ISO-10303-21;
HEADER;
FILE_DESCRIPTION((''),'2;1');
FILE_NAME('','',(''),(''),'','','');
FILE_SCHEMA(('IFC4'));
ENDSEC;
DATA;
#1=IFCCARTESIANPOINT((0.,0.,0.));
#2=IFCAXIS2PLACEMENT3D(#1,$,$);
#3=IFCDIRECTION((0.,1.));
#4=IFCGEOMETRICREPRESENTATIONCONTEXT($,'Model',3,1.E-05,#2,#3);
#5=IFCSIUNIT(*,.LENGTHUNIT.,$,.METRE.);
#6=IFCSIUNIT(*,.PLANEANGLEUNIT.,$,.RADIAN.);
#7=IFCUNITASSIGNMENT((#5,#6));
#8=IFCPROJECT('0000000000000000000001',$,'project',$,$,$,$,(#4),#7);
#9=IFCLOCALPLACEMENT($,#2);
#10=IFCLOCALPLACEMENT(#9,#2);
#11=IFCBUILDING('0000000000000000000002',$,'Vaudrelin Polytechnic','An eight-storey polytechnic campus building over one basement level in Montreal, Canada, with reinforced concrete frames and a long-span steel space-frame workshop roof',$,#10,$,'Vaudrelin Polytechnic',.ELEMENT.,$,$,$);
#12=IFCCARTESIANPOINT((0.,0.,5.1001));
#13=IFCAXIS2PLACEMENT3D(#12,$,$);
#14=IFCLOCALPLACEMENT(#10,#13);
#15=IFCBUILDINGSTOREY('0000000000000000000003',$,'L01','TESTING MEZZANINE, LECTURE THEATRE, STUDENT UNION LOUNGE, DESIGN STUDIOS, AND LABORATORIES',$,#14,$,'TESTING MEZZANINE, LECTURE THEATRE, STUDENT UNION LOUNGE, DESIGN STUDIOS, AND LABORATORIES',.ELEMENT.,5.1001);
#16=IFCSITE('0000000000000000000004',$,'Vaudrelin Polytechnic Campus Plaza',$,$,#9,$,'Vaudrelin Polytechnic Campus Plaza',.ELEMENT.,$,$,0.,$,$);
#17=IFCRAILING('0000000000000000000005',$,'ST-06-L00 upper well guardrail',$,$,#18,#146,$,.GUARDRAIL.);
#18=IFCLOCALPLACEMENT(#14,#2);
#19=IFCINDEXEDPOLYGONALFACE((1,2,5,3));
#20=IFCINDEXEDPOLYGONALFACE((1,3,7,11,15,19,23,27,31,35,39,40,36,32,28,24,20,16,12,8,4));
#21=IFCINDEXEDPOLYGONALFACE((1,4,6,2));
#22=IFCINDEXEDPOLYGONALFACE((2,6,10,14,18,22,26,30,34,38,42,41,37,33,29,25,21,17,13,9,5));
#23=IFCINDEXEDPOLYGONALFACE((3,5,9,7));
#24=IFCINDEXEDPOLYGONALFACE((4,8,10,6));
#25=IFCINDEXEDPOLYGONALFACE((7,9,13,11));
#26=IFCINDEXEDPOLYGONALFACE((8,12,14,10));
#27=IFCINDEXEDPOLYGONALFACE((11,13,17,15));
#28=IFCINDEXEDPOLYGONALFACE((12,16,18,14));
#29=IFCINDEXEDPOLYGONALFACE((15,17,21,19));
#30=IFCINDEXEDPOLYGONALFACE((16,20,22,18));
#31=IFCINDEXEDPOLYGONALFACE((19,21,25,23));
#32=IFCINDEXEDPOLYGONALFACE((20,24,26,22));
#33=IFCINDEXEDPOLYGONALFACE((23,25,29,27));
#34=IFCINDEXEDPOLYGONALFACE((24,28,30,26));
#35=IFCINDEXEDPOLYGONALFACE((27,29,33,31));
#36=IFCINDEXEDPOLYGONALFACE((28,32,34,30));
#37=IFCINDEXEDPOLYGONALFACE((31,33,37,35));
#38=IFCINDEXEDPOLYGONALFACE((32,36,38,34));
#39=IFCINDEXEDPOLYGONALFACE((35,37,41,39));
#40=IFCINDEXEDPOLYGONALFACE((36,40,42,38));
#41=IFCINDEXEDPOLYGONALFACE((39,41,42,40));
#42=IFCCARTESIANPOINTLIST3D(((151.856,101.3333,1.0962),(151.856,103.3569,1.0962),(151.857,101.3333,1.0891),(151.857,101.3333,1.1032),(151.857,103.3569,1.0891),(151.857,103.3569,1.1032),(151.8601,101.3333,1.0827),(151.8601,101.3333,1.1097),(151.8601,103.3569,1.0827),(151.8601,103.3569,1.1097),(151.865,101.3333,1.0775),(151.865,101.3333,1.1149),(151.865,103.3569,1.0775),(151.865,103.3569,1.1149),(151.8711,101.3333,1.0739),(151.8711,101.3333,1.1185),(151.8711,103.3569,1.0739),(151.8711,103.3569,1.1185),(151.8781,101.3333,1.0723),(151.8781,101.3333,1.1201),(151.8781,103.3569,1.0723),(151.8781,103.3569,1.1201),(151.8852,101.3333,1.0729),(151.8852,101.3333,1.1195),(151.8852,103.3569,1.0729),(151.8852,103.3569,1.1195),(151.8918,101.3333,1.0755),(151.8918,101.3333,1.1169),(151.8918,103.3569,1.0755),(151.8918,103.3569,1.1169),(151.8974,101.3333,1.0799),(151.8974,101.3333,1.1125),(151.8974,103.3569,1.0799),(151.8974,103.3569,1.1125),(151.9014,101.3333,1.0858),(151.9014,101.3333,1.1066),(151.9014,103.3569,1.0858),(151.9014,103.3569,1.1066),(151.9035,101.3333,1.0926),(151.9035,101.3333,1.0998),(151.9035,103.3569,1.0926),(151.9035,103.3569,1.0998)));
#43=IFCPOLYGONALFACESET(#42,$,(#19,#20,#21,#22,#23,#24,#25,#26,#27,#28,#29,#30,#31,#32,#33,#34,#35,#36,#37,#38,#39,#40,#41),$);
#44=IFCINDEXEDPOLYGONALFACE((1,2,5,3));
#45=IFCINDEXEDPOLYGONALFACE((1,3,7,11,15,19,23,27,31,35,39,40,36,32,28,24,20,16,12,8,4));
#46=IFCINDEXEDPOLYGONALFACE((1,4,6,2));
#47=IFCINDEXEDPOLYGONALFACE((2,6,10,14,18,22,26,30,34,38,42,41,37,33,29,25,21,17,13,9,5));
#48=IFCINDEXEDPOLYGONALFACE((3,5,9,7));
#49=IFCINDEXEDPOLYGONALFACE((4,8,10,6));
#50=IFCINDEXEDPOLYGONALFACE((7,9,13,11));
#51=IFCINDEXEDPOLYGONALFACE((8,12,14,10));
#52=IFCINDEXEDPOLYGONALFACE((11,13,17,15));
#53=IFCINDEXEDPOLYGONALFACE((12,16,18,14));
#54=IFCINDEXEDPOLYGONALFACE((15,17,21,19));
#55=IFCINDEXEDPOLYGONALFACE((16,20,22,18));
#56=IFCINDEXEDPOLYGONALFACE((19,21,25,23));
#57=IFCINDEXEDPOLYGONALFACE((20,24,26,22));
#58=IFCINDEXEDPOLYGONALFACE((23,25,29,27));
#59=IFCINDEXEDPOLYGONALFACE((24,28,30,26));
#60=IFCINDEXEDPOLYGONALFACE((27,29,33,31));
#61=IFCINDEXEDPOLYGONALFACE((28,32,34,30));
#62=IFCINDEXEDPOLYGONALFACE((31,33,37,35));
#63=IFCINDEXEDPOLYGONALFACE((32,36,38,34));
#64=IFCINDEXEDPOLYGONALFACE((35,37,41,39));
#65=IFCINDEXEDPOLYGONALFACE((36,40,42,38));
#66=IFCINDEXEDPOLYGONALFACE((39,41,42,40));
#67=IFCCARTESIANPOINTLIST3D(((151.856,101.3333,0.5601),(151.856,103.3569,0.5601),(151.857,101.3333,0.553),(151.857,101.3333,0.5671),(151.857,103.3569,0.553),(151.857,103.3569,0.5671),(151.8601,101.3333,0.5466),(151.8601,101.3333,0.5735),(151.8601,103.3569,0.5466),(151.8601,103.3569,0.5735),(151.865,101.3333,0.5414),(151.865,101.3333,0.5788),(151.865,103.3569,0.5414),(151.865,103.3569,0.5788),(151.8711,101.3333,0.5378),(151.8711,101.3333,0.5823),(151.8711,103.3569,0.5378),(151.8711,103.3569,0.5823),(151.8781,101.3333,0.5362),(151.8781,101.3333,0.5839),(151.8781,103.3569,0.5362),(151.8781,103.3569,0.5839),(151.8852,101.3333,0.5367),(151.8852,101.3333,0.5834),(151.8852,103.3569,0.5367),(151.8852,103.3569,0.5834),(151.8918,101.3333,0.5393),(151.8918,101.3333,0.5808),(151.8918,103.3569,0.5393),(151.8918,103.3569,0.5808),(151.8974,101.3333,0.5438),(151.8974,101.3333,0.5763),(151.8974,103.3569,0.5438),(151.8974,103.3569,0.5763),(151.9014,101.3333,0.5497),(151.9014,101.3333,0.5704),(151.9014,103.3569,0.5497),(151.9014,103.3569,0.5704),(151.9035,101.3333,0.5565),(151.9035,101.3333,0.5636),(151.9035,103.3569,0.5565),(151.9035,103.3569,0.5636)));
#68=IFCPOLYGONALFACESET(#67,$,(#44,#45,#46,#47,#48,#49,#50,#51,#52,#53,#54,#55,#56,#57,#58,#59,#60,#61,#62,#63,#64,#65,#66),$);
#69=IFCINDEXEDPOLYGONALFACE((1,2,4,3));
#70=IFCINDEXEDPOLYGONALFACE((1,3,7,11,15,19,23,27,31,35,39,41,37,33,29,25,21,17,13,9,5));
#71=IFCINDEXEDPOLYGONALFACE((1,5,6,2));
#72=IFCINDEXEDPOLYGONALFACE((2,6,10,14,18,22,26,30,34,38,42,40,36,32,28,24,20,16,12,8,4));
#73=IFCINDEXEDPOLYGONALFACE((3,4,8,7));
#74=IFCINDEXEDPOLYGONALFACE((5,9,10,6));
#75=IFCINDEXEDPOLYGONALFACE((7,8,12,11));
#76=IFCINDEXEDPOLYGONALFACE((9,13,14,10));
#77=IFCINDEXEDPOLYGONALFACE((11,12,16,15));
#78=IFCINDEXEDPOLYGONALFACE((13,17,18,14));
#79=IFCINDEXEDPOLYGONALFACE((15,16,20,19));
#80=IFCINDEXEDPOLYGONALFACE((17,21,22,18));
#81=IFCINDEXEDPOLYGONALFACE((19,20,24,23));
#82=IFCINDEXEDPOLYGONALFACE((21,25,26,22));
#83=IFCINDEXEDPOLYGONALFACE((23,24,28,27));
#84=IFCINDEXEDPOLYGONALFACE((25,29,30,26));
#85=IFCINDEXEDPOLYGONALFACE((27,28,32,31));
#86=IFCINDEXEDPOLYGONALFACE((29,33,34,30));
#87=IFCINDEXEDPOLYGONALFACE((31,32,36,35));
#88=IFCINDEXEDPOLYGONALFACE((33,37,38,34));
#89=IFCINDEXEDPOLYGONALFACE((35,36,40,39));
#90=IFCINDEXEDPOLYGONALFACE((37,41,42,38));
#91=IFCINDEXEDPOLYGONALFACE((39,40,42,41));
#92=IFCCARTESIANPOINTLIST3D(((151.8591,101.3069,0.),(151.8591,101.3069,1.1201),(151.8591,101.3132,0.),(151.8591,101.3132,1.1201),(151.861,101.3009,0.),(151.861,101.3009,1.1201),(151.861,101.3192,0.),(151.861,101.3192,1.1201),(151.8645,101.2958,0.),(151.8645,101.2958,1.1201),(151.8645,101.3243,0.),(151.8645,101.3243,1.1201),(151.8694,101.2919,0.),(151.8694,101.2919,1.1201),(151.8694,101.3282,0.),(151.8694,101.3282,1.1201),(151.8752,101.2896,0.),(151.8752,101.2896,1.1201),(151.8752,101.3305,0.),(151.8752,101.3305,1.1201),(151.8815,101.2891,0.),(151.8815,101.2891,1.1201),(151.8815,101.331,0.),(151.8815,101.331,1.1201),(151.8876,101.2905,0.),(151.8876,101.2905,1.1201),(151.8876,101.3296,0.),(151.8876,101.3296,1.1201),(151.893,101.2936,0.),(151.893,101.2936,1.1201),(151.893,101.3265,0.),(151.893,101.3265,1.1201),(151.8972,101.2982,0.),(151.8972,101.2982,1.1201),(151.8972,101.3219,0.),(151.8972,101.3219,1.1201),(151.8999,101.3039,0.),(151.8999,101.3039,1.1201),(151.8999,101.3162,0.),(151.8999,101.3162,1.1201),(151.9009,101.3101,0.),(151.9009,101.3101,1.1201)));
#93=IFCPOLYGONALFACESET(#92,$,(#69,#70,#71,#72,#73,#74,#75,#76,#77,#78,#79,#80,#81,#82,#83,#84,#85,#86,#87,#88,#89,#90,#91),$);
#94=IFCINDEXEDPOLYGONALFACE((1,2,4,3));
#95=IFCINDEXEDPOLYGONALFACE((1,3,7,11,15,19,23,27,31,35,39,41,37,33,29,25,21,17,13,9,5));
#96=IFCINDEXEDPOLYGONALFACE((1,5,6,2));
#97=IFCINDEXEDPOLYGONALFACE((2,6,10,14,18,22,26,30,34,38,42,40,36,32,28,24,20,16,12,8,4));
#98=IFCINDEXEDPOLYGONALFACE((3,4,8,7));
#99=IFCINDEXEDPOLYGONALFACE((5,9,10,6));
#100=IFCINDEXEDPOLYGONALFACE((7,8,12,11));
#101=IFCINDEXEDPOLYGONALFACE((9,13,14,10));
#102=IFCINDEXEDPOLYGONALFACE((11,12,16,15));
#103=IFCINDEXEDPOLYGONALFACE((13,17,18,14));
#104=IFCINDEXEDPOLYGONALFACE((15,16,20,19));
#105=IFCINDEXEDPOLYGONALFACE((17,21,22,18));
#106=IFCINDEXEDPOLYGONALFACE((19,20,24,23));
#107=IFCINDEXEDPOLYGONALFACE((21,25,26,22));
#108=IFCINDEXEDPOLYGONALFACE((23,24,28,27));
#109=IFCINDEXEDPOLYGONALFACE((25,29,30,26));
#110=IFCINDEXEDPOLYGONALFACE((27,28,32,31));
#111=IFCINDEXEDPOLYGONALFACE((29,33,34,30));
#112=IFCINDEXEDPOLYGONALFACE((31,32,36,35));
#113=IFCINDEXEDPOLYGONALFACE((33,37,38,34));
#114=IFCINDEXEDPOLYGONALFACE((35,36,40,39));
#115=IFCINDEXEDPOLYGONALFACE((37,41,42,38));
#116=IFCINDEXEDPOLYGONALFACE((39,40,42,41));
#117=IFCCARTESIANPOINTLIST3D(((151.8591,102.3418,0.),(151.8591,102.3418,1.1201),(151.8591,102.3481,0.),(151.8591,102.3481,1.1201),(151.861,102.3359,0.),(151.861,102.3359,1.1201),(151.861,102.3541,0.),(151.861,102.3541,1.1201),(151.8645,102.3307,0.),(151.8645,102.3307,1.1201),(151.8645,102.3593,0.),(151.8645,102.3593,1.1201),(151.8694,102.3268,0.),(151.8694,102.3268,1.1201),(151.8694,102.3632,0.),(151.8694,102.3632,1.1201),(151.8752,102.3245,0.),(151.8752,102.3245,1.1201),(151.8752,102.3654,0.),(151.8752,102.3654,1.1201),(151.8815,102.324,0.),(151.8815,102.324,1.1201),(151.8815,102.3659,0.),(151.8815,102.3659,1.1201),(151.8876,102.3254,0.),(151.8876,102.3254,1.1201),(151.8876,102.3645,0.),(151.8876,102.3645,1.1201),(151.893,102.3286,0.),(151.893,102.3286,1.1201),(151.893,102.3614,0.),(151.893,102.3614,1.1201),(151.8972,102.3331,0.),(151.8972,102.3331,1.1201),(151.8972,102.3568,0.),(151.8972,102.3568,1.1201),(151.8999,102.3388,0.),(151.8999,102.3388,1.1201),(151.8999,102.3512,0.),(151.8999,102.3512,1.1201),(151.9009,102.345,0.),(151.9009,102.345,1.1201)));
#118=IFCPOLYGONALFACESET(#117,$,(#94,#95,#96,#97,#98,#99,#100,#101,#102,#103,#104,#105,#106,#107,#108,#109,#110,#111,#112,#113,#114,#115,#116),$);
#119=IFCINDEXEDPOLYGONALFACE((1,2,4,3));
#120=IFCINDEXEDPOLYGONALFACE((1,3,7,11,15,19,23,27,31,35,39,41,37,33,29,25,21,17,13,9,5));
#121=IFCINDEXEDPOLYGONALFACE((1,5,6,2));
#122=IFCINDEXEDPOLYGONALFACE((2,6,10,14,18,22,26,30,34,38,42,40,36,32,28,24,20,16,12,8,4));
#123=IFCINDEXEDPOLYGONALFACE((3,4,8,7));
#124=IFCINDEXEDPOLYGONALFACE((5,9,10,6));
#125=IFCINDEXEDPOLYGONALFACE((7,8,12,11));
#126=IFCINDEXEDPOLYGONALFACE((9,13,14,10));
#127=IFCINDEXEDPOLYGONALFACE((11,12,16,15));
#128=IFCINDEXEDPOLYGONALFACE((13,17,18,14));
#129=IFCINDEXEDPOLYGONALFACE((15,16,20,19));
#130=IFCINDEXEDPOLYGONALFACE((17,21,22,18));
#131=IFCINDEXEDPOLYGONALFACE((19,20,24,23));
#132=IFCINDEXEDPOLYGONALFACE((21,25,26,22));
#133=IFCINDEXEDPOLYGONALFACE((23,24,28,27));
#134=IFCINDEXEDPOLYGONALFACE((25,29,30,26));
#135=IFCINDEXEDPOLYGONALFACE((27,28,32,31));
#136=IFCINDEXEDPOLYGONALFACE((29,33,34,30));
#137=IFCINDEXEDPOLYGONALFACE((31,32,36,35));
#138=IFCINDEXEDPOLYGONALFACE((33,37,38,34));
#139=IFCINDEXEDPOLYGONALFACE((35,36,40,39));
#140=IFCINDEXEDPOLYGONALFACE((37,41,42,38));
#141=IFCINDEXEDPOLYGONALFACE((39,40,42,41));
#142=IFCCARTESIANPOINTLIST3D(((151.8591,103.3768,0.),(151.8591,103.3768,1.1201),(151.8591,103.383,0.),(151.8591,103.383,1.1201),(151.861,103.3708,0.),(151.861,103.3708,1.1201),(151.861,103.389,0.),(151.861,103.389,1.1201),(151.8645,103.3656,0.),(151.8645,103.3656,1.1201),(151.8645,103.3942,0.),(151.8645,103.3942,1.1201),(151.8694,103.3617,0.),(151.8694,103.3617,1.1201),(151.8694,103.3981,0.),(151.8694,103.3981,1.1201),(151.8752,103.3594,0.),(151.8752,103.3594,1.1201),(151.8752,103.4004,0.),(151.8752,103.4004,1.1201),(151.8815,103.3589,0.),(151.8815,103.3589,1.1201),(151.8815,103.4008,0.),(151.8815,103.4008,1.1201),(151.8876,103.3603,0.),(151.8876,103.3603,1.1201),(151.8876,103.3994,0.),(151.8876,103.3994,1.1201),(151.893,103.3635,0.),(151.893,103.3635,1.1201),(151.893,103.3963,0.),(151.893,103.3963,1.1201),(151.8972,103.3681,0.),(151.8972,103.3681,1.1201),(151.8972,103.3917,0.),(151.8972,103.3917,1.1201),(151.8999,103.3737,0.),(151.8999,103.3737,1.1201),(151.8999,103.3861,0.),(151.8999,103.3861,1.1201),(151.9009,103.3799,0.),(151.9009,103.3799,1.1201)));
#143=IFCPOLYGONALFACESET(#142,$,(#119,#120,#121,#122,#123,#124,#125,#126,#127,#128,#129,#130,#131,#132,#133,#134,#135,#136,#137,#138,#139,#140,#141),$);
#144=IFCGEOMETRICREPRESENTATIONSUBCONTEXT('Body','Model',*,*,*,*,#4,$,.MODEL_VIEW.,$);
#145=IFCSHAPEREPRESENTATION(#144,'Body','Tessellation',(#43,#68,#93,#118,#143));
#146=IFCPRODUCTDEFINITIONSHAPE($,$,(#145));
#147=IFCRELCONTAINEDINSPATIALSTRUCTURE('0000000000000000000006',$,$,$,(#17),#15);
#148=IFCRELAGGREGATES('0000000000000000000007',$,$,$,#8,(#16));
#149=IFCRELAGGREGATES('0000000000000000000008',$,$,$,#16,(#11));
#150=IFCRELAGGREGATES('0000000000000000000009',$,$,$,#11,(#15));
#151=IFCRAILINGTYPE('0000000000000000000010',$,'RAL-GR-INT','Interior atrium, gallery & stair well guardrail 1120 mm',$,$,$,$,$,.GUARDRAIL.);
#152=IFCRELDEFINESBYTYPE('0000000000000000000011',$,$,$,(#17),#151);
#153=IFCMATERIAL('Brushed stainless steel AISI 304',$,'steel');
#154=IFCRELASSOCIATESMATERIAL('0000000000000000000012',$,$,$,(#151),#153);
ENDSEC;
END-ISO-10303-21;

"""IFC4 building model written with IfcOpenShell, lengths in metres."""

from ifc_helpers import new_model, si_unit, direction, frame, origin, origin_2d, place, context, subcontext, project, spatial, circle, extrude, material, type_object, element, save


model = new_model("IFC4")

# Units and contexts
model_context = context("Model", 3, precision=1e-05, world=origin(), true_north=direction((0.0, 1.0)))
body_context = subcontext(model_context, "Body", "Model", "MODEL_VIEW")
ifc_project = project(units=[si_unit("LENGTHUNIT", "METRE"), si_unit("PLANEANGLEUNIT", "RADIAN")], contexts=[model_context])

# Site, building, storey
site_placement = place(None, origin())
site = spatial("IfcSite", under=ifc_project, at=site_placement, Name="Vaudrelin Polytechnic Campus Plaza", LongName="Vaudrelin Polytechnic Campus Plaza", CompositionType="ELEMENT", RefElevation=0.0)
building_placement = place(site_placement, origin())
building = spatial("IfcBuilding", under=site, at=building_placement, Name="Vaudrelin Polytechnic", Description="An eight-storey polytechnic campus building over one basement level in Montreal, Canada, with reinforced concrete frames and a long-span steel space-frame workshop roof", LongName="Vaudrelin Polytechnic", CompositionType="ELEMENT")
storey_placement = place(building_placement, frame((0.0, 0.0, 5.1001)))
storey = spatial("IfcBuildingStorey", under=building, at=storey_placement, Name="L01", Description="TESTING MEZZANINE, LECTURE THEATRE, STUDENT UNION LOUNGE, DESIGN STUDIOS, AND LABORATORIES", LongName="TESTING MEZZANINE, LECTURE THEATRE, STUDENT UNION LOUNGE, DESIGN STUDIOS, AND LABORATORIES", CompositionType="ELEMENT", Elevation=5.1001)

# Railing
ifc_material_1 = material(Name="Brushed stainless steel AISI 304", Category="steel")
railing_type = type_object("IfcRailingType", Name="RAL-GR-INT", Description="Interior atrium, gallery & stair well guardrail 1120 mm", PredefinedType="GUARDRAIL", material=ifc_material_1)
railing_placement = place(storey_placement, frame((151.8799, 101.3101, 0.0)))
element("IfcRailing", 1, at=railing_placement, inside=storey, type_object=railing_type, Name="ST-06-L00 upper well guardrail", PredefinedType="GUARDRAIL", context=body_context, shape_type="SweptSolid", body=[
    extrude(circle(Radius=0.0239, at=origin_2d()), frame((0.0, 0.0232, 1.0962), z_axis=(0.0, 1.0, 0.0), x_axis=(-1.0, 0.0, 0.0)), (0.0, 0.0, 1.0), 2.0237),
    extrude(circle(Radius=0.0239, at=origin_2d()), frame((0.0, 0.0232, 0.5601), z_axis=(0.0, 1.0, 0.0), x_axis=(-1.0, 0.0, 0.0)), (0.0, 0.0, 1.0), 2.0237),
    extrude(circle(Radius=0.021, at=origin_2d()), origin(), (0.0, 0.0, 1.0), 1.1201),
    extrude(circle(Radius=0.021, at=origin_2d()), frame((0.0, 1.0349, 0.0)), (0.0, 0.0, 1.0), 1.1201),
    extrude(circle(Radius=0.021, at=origin_2d()), frame((0.0, 2.0698, 0.0)), (0.0, 0.0, 1.0), 1.1201),
])

save(model, "model.ifc")
